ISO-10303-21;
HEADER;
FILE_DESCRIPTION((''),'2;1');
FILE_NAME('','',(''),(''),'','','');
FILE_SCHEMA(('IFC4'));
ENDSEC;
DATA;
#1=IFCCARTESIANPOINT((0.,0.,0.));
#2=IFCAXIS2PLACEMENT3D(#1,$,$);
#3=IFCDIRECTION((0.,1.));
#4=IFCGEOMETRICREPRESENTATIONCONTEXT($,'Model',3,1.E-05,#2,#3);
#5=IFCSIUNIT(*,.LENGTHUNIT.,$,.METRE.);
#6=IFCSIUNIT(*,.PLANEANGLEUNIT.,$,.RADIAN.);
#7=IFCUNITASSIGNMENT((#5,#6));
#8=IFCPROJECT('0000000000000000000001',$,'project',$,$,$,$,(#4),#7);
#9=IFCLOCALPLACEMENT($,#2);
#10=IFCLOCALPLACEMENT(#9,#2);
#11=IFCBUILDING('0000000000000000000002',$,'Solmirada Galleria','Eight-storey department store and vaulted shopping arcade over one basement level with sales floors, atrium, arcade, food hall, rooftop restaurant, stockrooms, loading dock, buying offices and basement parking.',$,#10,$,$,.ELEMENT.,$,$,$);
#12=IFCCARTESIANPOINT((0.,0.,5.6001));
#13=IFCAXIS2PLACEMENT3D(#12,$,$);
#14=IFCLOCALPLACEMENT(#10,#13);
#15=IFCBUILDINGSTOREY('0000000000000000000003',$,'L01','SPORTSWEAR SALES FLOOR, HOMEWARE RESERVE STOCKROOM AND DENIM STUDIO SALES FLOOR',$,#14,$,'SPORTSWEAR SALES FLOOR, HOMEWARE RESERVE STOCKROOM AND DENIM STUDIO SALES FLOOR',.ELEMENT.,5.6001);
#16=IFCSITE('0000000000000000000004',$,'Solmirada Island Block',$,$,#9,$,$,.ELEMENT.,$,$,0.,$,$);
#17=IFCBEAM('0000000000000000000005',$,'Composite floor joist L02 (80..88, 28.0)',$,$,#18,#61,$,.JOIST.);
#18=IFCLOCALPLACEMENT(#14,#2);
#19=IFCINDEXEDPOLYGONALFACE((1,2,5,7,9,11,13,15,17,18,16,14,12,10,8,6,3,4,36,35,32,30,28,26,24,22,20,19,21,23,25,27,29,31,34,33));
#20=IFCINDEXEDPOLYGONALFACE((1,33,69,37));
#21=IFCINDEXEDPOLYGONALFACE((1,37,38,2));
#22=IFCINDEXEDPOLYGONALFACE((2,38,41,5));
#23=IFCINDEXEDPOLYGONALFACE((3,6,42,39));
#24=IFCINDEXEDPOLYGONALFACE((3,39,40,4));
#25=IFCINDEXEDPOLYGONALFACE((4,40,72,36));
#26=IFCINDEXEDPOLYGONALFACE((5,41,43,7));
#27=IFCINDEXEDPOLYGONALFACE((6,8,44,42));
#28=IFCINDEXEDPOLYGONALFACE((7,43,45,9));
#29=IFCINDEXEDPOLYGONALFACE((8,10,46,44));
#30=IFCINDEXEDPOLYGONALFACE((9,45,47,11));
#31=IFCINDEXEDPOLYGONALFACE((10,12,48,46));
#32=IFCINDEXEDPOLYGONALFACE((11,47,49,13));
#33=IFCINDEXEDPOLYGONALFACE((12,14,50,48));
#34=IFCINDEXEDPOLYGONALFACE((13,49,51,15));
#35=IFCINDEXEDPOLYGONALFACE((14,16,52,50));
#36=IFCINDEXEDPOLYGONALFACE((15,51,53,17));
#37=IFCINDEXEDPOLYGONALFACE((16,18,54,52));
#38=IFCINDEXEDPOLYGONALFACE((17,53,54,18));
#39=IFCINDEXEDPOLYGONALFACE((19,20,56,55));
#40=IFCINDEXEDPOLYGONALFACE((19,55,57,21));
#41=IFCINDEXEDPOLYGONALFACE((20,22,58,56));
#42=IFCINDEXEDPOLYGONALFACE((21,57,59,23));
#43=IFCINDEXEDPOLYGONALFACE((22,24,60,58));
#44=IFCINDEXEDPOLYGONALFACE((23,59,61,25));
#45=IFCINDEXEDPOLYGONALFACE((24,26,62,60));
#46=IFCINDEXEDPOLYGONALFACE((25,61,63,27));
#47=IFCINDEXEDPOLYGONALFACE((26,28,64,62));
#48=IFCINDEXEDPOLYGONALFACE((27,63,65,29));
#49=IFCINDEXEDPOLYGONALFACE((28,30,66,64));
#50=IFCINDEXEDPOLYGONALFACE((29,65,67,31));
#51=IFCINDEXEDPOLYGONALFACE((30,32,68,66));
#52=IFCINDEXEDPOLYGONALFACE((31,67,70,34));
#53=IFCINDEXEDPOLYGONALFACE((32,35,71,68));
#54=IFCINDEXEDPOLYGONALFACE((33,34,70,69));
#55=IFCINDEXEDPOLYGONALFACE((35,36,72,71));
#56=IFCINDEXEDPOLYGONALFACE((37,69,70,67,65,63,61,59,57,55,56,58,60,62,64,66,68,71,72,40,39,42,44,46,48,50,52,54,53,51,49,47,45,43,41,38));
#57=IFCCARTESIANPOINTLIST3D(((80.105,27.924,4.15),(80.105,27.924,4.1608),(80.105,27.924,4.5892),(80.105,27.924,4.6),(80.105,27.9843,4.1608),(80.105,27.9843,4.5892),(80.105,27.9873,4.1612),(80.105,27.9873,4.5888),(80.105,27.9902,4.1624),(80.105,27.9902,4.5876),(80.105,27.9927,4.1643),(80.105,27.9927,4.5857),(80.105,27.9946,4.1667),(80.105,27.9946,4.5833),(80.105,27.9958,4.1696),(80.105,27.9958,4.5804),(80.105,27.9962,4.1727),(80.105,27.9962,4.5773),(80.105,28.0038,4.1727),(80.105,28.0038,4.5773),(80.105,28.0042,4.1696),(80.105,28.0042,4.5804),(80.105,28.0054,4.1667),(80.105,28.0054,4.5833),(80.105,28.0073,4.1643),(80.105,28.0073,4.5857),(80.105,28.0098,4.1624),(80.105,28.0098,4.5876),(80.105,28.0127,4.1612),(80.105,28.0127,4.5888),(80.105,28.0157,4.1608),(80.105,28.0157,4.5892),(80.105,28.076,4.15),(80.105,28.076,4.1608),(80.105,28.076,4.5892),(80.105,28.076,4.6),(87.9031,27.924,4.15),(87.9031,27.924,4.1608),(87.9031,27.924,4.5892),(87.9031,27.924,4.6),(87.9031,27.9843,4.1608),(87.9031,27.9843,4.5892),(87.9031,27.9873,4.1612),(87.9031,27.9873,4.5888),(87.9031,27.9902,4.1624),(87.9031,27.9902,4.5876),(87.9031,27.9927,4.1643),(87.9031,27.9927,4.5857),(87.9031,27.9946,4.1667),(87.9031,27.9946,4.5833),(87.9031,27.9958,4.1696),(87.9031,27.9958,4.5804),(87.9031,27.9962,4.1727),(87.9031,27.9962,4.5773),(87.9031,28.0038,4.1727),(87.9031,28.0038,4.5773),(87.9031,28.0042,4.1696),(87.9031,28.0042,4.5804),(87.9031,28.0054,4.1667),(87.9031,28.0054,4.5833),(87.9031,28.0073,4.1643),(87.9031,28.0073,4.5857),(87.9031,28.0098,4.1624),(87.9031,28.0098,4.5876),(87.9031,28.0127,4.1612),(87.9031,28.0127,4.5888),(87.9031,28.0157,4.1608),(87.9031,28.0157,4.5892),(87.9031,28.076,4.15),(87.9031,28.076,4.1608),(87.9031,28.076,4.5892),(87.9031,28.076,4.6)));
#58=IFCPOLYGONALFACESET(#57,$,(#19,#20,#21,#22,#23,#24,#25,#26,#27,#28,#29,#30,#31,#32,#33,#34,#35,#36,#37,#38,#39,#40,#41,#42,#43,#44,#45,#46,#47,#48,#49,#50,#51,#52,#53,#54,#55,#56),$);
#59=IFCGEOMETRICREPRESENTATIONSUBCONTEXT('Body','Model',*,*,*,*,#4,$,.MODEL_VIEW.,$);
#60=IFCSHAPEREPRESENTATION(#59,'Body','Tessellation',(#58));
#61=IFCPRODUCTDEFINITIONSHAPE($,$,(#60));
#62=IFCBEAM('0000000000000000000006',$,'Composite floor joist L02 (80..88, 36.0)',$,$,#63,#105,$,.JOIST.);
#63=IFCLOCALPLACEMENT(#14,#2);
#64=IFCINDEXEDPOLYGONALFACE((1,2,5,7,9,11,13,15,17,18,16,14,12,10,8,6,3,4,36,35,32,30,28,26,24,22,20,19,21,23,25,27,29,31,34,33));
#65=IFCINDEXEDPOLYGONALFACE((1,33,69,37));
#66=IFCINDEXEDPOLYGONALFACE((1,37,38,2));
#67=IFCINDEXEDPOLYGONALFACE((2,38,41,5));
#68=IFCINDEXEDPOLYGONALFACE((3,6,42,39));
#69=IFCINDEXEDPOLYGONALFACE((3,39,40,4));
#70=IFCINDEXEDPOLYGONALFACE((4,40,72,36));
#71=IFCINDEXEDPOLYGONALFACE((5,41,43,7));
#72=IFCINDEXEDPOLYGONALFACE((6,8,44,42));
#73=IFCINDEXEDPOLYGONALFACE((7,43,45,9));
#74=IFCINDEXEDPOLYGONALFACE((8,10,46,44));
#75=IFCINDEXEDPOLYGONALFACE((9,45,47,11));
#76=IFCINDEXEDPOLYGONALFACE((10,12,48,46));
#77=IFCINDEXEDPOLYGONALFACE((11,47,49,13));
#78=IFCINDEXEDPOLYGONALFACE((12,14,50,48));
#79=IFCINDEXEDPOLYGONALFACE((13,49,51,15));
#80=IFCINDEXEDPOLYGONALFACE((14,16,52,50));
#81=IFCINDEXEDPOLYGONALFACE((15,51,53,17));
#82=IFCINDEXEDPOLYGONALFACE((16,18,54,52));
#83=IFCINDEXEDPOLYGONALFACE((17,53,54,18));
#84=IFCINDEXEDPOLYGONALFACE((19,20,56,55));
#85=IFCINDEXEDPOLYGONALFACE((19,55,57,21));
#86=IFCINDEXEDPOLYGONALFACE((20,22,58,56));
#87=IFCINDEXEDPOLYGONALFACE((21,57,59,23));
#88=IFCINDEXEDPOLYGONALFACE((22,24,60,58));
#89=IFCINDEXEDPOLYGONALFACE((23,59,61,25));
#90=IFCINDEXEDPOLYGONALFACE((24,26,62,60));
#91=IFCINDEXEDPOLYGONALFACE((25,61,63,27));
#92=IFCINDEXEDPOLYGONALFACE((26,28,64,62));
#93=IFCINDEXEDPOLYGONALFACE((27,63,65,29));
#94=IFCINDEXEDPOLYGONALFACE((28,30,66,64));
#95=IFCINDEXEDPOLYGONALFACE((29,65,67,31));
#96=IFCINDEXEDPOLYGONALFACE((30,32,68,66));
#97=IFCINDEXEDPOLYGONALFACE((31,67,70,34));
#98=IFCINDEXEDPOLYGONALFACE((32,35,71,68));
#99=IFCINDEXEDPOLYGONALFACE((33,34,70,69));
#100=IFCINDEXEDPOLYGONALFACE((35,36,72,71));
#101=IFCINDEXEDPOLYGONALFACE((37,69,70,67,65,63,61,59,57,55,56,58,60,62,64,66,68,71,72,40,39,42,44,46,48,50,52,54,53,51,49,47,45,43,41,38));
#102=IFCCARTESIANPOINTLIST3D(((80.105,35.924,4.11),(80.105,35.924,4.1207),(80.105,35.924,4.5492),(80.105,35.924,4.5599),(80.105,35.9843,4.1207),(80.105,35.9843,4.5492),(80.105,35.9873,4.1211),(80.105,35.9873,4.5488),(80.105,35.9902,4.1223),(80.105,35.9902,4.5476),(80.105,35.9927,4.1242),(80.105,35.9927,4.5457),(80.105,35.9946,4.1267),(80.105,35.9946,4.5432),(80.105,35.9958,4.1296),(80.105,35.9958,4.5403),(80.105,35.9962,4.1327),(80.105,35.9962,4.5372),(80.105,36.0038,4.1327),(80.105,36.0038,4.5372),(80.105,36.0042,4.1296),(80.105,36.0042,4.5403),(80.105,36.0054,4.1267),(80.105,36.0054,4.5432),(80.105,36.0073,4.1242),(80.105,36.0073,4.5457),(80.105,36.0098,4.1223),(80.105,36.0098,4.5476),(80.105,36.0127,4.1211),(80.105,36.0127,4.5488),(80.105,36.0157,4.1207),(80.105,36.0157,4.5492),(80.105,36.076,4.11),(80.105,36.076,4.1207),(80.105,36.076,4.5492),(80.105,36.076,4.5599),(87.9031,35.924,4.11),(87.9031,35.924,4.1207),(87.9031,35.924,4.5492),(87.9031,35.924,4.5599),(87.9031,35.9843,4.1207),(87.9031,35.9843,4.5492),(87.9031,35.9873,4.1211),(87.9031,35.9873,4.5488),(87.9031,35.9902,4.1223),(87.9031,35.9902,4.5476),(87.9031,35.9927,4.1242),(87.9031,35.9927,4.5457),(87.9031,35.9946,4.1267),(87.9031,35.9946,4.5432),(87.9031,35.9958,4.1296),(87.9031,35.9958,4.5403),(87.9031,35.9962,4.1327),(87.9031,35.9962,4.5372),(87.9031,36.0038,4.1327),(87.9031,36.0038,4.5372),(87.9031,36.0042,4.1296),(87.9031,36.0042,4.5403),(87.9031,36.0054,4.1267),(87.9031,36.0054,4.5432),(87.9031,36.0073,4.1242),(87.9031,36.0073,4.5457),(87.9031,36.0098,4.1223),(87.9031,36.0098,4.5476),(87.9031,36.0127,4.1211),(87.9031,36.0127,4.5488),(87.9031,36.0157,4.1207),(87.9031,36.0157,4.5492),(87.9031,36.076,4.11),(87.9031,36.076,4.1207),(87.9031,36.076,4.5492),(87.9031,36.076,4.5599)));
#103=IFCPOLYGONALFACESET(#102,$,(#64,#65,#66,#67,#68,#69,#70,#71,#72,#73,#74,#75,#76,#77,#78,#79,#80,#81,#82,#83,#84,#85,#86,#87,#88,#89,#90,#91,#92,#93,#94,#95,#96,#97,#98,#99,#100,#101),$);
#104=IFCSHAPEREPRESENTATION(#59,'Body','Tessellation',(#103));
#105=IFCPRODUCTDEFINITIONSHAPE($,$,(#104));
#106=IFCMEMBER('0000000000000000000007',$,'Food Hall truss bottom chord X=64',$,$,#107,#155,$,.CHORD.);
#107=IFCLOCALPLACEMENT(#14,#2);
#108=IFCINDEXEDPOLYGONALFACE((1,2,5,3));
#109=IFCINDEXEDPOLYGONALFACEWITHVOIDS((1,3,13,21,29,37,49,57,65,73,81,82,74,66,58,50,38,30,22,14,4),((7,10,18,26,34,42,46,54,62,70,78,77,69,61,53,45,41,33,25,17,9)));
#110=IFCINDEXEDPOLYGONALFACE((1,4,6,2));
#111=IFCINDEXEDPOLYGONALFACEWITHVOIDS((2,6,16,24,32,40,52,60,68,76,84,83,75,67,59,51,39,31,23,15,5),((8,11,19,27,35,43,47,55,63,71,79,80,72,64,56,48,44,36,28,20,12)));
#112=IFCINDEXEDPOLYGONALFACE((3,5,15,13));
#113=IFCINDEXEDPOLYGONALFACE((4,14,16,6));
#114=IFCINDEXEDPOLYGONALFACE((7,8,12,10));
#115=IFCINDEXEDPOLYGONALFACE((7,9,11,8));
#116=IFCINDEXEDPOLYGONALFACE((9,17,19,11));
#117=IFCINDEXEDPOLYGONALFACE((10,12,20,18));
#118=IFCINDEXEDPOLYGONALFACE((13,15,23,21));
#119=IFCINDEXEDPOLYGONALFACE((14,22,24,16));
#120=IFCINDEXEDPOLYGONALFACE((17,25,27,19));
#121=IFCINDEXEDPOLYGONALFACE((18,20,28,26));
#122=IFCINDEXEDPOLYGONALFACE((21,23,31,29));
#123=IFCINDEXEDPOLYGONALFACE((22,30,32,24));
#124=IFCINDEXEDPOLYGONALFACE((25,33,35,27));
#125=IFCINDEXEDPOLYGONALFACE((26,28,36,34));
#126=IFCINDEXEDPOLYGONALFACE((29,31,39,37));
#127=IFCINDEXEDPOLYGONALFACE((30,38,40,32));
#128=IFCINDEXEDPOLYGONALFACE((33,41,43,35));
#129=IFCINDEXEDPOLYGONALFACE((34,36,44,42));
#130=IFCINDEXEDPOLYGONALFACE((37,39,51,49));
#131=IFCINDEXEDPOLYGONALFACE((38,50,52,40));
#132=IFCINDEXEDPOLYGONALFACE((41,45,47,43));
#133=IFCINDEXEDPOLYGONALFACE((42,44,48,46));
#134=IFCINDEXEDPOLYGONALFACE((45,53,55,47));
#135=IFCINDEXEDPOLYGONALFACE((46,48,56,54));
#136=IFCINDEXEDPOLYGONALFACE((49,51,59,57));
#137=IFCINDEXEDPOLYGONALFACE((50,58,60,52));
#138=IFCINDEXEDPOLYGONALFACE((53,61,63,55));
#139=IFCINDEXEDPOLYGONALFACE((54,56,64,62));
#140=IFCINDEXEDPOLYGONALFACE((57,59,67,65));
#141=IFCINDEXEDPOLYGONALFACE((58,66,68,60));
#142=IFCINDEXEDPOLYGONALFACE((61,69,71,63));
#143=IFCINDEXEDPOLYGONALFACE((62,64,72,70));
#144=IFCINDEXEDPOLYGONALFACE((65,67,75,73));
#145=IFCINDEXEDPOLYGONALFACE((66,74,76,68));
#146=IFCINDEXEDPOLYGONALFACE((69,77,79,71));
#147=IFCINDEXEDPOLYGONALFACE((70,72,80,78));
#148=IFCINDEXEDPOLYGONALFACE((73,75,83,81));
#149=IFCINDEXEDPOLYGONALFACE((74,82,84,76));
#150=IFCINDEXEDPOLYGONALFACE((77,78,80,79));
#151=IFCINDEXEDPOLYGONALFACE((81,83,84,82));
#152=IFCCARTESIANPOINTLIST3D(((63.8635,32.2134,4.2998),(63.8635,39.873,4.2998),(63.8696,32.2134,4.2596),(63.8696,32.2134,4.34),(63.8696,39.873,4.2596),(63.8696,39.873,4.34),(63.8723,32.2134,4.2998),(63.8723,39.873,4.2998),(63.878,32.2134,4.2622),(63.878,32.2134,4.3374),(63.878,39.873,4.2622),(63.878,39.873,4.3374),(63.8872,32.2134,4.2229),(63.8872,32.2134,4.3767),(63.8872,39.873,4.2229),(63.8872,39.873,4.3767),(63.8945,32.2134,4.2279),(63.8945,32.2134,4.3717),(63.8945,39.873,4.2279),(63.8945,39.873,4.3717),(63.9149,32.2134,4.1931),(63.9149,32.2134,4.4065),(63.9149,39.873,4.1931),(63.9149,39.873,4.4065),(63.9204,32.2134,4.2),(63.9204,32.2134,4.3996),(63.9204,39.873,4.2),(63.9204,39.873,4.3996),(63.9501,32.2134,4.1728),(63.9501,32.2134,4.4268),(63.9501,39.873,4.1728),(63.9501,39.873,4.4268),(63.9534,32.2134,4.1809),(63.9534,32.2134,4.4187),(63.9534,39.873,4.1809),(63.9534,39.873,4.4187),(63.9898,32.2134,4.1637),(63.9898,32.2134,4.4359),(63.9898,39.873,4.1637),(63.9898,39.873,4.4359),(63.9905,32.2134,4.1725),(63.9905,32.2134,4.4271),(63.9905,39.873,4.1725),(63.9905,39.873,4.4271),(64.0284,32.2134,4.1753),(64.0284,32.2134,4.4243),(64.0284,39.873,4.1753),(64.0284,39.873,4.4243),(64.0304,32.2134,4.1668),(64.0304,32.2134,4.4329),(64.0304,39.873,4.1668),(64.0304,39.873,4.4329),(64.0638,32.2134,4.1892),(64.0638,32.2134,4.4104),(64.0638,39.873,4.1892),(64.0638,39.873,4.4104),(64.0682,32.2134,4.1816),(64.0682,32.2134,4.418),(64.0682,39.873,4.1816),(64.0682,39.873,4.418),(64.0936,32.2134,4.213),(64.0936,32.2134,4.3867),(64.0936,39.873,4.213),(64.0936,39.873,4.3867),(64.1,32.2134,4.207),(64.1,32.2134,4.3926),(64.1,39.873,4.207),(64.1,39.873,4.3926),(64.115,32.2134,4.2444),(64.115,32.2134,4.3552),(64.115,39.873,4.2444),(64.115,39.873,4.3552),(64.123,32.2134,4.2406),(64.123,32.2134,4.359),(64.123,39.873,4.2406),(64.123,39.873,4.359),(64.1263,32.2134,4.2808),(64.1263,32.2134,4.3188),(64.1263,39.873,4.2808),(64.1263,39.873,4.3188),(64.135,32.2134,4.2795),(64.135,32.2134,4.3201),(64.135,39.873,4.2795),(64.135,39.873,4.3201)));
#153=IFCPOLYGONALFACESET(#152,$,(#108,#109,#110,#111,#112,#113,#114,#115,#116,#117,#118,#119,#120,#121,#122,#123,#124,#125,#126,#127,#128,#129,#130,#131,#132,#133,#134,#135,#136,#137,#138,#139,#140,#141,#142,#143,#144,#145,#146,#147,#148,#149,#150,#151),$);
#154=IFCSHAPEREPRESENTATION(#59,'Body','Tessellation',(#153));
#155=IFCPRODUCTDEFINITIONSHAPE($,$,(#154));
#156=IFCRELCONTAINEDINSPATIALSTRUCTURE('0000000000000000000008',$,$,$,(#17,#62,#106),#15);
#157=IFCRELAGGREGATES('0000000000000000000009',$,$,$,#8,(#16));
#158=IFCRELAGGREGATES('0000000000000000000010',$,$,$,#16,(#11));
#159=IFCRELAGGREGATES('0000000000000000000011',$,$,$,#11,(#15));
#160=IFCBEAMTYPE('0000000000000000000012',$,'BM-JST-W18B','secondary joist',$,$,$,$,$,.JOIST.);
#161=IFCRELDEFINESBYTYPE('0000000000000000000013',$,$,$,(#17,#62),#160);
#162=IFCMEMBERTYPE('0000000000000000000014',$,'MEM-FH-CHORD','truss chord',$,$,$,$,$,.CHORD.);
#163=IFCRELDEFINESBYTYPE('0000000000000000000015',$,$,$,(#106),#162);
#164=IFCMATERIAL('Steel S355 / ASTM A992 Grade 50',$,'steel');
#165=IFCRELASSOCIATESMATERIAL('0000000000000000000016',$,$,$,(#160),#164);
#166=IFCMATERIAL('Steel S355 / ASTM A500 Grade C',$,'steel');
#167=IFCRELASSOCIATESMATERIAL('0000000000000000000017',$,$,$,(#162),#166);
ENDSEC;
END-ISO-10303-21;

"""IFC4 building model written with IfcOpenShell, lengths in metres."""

from ifc_helpers import new_model, si_unit, direction, frame, origin, origin_2d, place, context, subcontext, project, spatial, hollow_circle, i_section, extrude, material, material_profile, profile_set, type_object, element, save


model = new_model("IFC4")

# Units and contexts
model_context = context("Model", 3, precision=1e-05, world=origin(), true_north=direction((0.0, 1.0)))
body_context = subcontext(model_context, "Body", "Model", "MODEL_VIEW")
ifc_project = project(units=[si_unit("LENGTHUNIT", "METRE"), si_unit("PLANEANGLEUNIT", "RADIAN")], contexts=[model_context])

# Site, building, storey
site_placement = place(None, origin())
site = spatial("IfcSite", under=ifc_project, at=site_placement, Name="Solmirada Island Block", CompositionType="ELEMENT", RefElevation=0.0)
building_placement = place(site_placement, origin())
building = spatial("IfcBuilding", under=site, at=building_placement, Name="Solmirada Galleria", Description="Eight-storey department store and vaulted shopping arcade over one basement level with sales floors, atrium, arcade, food hall, rooftop restaurant, stockrooms, loading dock, buying offices and basement parking.", CompositionType="ELEMENT")
storey_placement = place(building_placement, frame((0.0, 0.0, 5.6001)))
storey = spatial("IfcBuildingStorey", under=building, at=storey_placement, Name="L01", Description="SPORTSWEAR SALES FLOOR, HOMEWARE RESERVE STOCKROOM AND DENIM STUDIO SALES FLOOR", LongName="SPORTSWEAR SALES FLOOR, HOMEWARE RESERVE STOCKROOM AND DENIM STUDIO SALES FLOOR", CompositionType="ELEMENT", Elevation=5.6001)

# Shared definitions
ifc_material_1 = material(Name="Steel S355 / ASTM A500 Grade C", Category="steel")

# Beams
ifc_material_2 = material(Name="Steel S355 / ASTM A992 Grade 50", Category="steel")
ifc_material_profile_1 = material_profile(ifc_material_2, i_section(OverallWidth=0.1521, OverallDepth=0.45, WebThickness=0.0076, FlangeThickness=0.0107, FilletRadius=0.012, at=origin_2d()), Name="W18X35")
ifc_profile_set_1 = profile_set([ifc_material_profile_1], Name="Steel S355 / ASTM A992 Grade 50")
beam_type_1 = type_object("IfcBeamType", Name="BM-JST-W18B", Description="secondary joist", PredefinedType="JOIST", material=ifc_profile_set_1)
for number, where, z_axis, x_axis, name in (
    (1, (80.105, 28.0, 4.375), (1.0, 0.0, 0.0), (0.0, 1.0, 0.0), "Composite floor joist L02 (80..88, 28.0)"),
    (2, (80.105, 36.0, 4.335), (1.0, 0.0, 0.0), (0.0, 1.0, 0.0), "Composite floor joist L02 (80..88, 36.0)"),
):
    element("IfcBeam", number, at=place(storey_placement, frame(where, z_axis=z_axis, x_axis=x_axis)), inside=storey, type_object=beam_type_1, Name=name, PredefinedType="JOIST", context=body_context, shape_type="SweptSolid", body=[
        extrude(i_section(OverallWidth=0.1521, OverallDepth=0.45, WebThickness=0.0076, FlangeThickness=0.0107, FilletRadius=0.012, at=origin_2d()), origin(), (0.0, 0.0, 1.0), 7.7981),
    ])

# Member
ifc_material_profile_2 = material_profile(ifc_material_1, hollow_circle(Radius=0.1365, WallThickness=0.0088, at=origin_2d()), Name="HSS10.750X0.375")
ifc_profile_set_2 = profile_set([ifc_material_profile_2], Name="Steel S355 / ASTM A500 Grade C")
member_type_1 = type_object("IfcMemberType", Name="MEM-FH-CHORD", Description="truss chord", PredefinedType="CHORD", material=ifc_profile_set_2)
member_1_placement = place(storey_placement, frame((64.0, 32.2134, 4.2998), z_axis=(0.0, 1.0, 0.0), x_axis=(-1.0, 0.0, 0.0)))
element("IfcMember", 3, at=member_1_placement, inside=storey, type_object=member_type_1, Name="Food Hall truss bottom chord X=64", PredefinedType="CHORD", context=body_context, shape_type="SweptSolid", body=[
    extrude(hollow_circle(Radius=0.1365, WallThickness=0.0088, at=origin_2d()), origin(), (0.0, 0.0, 1.0), 7.6597),
])

save(model, "model.ifc")
